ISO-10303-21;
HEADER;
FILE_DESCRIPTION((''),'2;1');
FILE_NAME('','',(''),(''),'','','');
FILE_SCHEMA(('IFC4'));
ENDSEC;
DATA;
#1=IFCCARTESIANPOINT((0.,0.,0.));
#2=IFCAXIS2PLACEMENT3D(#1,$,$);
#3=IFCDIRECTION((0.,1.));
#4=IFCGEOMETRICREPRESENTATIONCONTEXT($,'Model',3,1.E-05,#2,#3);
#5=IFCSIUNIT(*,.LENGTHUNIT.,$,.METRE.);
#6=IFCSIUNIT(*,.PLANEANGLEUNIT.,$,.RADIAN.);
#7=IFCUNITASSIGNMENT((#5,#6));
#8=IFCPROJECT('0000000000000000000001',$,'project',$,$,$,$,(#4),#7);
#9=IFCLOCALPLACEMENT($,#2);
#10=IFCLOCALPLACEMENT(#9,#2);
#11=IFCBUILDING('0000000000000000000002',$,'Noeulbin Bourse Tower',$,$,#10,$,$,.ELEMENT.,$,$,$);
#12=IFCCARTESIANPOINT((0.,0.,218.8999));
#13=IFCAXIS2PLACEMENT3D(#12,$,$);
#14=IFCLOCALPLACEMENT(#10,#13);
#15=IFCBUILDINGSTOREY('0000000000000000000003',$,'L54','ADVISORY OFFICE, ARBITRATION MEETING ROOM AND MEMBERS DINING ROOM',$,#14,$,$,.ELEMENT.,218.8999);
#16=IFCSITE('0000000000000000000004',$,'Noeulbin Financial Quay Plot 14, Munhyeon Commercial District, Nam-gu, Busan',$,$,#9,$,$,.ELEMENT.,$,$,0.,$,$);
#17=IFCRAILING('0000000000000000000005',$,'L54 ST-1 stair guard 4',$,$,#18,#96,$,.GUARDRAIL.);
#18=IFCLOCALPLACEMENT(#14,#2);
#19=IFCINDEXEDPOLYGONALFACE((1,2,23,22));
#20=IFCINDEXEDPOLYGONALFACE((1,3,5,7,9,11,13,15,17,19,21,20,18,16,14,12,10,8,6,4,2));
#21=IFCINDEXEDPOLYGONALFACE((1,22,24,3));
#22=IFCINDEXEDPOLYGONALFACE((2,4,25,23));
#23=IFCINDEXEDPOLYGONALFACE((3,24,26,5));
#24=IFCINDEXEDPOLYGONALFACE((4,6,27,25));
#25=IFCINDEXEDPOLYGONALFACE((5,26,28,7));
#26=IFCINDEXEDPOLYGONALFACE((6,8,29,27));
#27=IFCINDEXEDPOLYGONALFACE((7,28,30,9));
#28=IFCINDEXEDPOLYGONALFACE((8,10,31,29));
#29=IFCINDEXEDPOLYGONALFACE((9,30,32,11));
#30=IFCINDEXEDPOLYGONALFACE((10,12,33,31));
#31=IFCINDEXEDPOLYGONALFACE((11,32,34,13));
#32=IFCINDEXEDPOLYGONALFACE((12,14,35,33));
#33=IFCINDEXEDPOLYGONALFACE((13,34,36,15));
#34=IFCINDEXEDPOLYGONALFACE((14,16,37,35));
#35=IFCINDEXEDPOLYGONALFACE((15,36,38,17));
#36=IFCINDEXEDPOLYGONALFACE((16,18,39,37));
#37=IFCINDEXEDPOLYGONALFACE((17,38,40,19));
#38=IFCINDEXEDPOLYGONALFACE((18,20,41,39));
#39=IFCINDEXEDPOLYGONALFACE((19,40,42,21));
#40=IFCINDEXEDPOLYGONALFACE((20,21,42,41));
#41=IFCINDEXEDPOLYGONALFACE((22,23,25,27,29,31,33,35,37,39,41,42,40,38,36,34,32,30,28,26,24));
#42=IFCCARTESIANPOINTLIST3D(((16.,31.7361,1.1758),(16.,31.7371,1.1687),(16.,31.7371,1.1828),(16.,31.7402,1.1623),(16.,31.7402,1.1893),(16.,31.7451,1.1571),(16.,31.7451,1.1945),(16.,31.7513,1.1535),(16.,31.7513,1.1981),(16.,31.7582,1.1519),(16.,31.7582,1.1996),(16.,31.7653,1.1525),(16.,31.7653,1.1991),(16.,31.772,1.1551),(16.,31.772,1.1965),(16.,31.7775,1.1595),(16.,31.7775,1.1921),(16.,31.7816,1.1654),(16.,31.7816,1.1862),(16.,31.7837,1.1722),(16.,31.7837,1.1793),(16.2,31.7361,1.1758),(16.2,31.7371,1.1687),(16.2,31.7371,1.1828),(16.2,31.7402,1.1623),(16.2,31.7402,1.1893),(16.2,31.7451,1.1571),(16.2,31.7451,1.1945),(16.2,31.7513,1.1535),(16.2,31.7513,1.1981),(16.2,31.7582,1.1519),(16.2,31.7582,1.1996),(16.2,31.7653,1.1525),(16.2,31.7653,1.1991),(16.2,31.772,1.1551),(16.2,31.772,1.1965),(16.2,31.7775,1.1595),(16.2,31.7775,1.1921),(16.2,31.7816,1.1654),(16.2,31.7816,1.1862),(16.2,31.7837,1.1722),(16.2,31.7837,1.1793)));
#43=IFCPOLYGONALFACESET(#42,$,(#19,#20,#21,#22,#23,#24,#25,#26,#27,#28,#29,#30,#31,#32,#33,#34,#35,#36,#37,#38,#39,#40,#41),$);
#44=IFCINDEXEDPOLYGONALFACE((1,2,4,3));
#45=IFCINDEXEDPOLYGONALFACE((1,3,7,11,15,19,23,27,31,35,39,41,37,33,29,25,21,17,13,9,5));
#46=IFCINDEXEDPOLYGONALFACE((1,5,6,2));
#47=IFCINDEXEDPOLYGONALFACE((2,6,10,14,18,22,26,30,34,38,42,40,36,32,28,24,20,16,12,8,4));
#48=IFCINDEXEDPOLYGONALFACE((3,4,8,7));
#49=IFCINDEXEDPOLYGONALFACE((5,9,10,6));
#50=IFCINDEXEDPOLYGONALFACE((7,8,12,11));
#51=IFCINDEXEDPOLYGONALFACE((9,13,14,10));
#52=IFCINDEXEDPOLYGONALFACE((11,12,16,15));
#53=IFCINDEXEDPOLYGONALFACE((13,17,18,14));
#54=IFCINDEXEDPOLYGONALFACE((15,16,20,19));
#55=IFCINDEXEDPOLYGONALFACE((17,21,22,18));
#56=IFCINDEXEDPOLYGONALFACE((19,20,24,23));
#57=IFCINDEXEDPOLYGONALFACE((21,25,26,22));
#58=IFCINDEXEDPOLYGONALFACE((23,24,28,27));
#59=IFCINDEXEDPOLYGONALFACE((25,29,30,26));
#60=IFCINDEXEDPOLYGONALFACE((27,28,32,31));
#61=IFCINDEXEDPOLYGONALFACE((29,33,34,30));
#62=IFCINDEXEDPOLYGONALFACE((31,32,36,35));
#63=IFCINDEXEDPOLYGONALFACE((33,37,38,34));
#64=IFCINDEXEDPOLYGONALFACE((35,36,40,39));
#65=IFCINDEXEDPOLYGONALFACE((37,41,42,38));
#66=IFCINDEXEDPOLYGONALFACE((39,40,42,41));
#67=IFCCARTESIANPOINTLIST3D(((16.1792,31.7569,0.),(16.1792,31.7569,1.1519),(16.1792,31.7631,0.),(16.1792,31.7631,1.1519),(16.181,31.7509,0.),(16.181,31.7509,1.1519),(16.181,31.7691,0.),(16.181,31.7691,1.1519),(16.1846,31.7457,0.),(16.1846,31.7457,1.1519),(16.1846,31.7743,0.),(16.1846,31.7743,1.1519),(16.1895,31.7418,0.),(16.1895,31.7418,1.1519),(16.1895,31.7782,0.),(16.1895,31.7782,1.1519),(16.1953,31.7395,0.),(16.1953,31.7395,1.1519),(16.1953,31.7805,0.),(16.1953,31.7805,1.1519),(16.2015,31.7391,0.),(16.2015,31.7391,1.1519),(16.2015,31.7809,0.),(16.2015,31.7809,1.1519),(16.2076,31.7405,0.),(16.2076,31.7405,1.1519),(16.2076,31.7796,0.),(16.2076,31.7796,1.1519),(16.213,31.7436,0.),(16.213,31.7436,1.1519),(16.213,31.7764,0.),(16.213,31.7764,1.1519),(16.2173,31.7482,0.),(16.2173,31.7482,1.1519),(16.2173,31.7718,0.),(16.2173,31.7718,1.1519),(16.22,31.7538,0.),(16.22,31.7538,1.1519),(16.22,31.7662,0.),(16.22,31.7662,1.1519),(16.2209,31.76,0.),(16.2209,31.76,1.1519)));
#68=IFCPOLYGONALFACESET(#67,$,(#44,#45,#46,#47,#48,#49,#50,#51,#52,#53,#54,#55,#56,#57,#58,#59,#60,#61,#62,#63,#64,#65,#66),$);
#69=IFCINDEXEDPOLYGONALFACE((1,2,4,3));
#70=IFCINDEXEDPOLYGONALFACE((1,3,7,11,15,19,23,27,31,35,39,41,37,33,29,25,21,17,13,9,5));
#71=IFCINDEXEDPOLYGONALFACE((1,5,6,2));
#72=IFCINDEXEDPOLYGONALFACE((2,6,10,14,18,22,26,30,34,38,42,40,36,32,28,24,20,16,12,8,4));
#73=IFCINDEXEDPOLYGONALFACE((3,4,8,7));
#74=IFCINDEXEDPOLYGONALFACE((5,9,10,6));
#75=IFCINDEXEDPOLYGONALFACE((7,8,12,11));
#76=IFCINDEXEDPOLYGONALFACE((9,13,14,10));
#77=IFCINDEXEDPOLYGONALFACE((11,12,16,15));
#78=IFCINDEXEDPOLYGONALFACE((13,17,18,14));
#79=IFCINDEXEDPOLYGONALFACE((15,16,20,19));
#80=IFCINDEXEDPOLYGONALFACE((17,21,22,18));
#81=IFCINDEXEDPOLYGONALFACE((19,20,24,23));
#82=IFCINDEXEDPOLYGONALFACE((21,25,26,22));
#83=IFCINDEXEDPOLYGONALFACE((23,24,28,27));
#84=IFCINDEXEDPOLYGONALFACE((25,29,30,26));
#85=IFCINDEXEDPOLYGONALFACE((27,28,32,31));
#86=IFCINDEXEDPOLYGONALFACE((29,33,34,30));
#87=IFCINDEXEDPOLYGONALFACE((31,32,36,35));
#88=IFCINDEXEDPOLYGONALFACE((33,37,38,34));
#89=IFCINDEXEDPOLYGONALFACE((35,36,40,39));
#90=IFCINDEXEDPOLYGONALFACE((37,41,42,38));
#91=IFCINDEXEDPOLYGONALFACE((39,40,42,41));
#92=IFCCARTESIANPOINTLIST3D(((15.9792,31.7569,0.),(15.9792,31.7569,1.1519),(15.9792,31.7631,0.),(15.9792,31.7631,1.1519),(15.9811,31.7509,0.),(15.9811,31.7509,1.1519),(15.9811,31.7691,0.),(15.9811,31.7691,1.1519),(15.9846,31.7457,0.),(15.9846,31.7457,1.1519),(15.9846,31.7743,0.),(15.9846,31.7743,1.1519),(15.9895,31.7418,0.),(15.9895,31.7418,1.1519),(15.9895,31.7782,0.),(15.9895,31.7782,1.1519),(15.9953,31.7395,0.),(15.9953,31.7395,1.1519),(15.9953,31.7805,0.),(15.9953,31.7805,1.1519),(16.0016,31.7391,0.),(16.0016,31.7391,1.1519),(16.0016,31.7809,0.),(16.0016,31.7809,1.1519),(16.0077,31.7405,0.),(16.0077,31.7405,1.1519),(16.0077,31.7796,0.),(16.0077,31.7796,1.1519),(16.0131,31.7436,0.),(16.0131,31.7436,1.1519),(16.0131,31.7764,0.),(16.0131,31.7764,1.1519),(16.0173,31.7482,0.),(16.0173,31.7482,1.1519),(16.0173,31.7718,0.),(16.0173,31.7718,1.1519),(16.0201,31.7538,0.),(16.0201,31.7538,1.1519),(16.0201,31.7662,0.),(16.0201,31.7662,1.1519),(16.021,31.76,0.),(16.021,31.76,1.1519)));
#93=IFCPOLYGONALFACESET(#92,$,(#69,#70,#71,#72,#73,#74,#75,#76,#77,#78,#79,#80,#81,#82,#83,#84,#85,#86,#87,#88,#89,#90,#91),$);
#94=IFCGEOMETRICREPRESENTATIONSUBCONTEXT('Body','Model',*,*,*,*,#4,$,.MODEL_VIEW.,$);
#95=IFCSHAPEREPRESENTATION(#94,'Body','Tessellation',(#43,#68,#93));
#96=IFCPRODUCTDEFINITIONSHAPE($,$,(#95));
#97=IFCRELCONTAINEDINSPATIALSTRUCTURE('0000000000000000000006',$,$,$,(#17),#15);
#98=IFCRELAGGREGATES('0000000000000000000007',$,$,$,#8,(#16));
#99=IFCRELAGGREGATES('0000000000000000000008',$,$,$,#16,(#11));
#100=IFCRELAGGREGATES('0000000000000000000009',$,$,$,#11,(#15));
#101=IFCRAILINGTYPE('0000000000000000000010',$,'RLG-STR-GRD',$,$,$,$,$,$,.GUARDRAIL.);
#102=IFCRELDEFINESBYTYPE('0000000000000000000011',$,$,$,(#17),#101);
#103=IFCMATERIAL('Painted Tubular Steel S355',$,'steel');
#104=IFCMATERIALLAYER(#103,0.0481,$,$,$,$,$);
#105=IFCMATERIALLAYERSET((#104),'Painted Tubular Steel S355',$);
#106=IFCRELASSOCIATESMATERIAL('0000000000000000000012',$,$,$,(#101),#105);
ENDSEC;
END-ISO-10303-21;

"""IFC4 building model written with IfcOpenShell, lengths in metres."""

from ifc_helpers import new_model, si_unit, direction, frame, origin, origin_2d, place, context, subcontext, project, spatial, circle, extrude, material, layer, layer_set, type_object, element, save


model = new_model("IFC4")

# Units and contexts
model_context = context("Model", 3, precision=1e-05, world=origin(), true_north=direction((0.0, 1.0)))
body_context = subcontext(model_context, "Body", "Model", "MODEL_VIEW")
ifc_project = project(units=[si_unit("LENGTHUNIT", "METRE"), si_unit("PLANEANGLEUNIT", "RADIAN")], contexts=[model_context])

# Site, building, storey
site_placement = place(None, origin())
site = spatial("IfcSite", under=ifc_project, at=site_placement, Name="Noeulbin Financial Quay Plot 14, Munhyeon Commercial District, Nam-gu, Busan", CompositionType="ELEMENT", RefElevation=0.0)
building_placement = place(site_placement, origin())
building = spatial("IfcBuilding", under=site, at=building_placement, Name="Noeulbin Bourse Tower", CompositionType="ELEMENT")
storey_placement = place(building_placement, frame((0.0, 0.0, 218.8999)))
storey = spatial("IfcBuildingStorey", under=building, at=storey_placement, Name="L54", Description="ADVISORY OFFICE, ARBITRATION MEETING ROOM AND MEMBERS DINING ROOM", CompositionType="ELEMENT", Elevation=218.8999)

# Railing
ifc_material_1 = material(Name="Painted Tubular Steel S355", Category="steel")
ifc_layer_1 = layer(ifc_material_1, 0.0481)
ifc_layer_set_1 = layer_set([ifc_layer_1], Name="Painted Tubular Steel S355")
railing_type_1 = type_object("IfcRailingType", Name="RLG-STR-GRD", PredefinedType="GUARDRAIL", material=ifc_layer_set_1)
railing_1_placement = place(storey_placement, frame((16.2, 31.76, 0.0)))
element("IfcRailing", 1, at=railing_1_placement, inside=storey, type_object=railing_type_1, Name="L54 ST-1 stair guard 4", PredefinedType="GUARDRAIL", context=body_context, shape_type="SweptSolid", body=[
    extrude(circle(Radius=0.0239, at=origin_2d()), frame((0.0, 0.0, 1.1758), z_axis=(-1.0, 0.0, 0.0), x_axis=(0.0, -1.0, 0.0)), (0.0, 0.0, 1.0), 0.2),
    extrude(circle(Radius=0.021, at=origin_2d()), origin(), (0.0, 0.0, 1.0), 1.1519),
    extrude(circle(Radius=0.021, at=origin_2d()), frame((-0.2, 0.0, 0.0)), (0.0, 0.0, 1.0), 1.1519),
])

save(model, "model.ifc")
